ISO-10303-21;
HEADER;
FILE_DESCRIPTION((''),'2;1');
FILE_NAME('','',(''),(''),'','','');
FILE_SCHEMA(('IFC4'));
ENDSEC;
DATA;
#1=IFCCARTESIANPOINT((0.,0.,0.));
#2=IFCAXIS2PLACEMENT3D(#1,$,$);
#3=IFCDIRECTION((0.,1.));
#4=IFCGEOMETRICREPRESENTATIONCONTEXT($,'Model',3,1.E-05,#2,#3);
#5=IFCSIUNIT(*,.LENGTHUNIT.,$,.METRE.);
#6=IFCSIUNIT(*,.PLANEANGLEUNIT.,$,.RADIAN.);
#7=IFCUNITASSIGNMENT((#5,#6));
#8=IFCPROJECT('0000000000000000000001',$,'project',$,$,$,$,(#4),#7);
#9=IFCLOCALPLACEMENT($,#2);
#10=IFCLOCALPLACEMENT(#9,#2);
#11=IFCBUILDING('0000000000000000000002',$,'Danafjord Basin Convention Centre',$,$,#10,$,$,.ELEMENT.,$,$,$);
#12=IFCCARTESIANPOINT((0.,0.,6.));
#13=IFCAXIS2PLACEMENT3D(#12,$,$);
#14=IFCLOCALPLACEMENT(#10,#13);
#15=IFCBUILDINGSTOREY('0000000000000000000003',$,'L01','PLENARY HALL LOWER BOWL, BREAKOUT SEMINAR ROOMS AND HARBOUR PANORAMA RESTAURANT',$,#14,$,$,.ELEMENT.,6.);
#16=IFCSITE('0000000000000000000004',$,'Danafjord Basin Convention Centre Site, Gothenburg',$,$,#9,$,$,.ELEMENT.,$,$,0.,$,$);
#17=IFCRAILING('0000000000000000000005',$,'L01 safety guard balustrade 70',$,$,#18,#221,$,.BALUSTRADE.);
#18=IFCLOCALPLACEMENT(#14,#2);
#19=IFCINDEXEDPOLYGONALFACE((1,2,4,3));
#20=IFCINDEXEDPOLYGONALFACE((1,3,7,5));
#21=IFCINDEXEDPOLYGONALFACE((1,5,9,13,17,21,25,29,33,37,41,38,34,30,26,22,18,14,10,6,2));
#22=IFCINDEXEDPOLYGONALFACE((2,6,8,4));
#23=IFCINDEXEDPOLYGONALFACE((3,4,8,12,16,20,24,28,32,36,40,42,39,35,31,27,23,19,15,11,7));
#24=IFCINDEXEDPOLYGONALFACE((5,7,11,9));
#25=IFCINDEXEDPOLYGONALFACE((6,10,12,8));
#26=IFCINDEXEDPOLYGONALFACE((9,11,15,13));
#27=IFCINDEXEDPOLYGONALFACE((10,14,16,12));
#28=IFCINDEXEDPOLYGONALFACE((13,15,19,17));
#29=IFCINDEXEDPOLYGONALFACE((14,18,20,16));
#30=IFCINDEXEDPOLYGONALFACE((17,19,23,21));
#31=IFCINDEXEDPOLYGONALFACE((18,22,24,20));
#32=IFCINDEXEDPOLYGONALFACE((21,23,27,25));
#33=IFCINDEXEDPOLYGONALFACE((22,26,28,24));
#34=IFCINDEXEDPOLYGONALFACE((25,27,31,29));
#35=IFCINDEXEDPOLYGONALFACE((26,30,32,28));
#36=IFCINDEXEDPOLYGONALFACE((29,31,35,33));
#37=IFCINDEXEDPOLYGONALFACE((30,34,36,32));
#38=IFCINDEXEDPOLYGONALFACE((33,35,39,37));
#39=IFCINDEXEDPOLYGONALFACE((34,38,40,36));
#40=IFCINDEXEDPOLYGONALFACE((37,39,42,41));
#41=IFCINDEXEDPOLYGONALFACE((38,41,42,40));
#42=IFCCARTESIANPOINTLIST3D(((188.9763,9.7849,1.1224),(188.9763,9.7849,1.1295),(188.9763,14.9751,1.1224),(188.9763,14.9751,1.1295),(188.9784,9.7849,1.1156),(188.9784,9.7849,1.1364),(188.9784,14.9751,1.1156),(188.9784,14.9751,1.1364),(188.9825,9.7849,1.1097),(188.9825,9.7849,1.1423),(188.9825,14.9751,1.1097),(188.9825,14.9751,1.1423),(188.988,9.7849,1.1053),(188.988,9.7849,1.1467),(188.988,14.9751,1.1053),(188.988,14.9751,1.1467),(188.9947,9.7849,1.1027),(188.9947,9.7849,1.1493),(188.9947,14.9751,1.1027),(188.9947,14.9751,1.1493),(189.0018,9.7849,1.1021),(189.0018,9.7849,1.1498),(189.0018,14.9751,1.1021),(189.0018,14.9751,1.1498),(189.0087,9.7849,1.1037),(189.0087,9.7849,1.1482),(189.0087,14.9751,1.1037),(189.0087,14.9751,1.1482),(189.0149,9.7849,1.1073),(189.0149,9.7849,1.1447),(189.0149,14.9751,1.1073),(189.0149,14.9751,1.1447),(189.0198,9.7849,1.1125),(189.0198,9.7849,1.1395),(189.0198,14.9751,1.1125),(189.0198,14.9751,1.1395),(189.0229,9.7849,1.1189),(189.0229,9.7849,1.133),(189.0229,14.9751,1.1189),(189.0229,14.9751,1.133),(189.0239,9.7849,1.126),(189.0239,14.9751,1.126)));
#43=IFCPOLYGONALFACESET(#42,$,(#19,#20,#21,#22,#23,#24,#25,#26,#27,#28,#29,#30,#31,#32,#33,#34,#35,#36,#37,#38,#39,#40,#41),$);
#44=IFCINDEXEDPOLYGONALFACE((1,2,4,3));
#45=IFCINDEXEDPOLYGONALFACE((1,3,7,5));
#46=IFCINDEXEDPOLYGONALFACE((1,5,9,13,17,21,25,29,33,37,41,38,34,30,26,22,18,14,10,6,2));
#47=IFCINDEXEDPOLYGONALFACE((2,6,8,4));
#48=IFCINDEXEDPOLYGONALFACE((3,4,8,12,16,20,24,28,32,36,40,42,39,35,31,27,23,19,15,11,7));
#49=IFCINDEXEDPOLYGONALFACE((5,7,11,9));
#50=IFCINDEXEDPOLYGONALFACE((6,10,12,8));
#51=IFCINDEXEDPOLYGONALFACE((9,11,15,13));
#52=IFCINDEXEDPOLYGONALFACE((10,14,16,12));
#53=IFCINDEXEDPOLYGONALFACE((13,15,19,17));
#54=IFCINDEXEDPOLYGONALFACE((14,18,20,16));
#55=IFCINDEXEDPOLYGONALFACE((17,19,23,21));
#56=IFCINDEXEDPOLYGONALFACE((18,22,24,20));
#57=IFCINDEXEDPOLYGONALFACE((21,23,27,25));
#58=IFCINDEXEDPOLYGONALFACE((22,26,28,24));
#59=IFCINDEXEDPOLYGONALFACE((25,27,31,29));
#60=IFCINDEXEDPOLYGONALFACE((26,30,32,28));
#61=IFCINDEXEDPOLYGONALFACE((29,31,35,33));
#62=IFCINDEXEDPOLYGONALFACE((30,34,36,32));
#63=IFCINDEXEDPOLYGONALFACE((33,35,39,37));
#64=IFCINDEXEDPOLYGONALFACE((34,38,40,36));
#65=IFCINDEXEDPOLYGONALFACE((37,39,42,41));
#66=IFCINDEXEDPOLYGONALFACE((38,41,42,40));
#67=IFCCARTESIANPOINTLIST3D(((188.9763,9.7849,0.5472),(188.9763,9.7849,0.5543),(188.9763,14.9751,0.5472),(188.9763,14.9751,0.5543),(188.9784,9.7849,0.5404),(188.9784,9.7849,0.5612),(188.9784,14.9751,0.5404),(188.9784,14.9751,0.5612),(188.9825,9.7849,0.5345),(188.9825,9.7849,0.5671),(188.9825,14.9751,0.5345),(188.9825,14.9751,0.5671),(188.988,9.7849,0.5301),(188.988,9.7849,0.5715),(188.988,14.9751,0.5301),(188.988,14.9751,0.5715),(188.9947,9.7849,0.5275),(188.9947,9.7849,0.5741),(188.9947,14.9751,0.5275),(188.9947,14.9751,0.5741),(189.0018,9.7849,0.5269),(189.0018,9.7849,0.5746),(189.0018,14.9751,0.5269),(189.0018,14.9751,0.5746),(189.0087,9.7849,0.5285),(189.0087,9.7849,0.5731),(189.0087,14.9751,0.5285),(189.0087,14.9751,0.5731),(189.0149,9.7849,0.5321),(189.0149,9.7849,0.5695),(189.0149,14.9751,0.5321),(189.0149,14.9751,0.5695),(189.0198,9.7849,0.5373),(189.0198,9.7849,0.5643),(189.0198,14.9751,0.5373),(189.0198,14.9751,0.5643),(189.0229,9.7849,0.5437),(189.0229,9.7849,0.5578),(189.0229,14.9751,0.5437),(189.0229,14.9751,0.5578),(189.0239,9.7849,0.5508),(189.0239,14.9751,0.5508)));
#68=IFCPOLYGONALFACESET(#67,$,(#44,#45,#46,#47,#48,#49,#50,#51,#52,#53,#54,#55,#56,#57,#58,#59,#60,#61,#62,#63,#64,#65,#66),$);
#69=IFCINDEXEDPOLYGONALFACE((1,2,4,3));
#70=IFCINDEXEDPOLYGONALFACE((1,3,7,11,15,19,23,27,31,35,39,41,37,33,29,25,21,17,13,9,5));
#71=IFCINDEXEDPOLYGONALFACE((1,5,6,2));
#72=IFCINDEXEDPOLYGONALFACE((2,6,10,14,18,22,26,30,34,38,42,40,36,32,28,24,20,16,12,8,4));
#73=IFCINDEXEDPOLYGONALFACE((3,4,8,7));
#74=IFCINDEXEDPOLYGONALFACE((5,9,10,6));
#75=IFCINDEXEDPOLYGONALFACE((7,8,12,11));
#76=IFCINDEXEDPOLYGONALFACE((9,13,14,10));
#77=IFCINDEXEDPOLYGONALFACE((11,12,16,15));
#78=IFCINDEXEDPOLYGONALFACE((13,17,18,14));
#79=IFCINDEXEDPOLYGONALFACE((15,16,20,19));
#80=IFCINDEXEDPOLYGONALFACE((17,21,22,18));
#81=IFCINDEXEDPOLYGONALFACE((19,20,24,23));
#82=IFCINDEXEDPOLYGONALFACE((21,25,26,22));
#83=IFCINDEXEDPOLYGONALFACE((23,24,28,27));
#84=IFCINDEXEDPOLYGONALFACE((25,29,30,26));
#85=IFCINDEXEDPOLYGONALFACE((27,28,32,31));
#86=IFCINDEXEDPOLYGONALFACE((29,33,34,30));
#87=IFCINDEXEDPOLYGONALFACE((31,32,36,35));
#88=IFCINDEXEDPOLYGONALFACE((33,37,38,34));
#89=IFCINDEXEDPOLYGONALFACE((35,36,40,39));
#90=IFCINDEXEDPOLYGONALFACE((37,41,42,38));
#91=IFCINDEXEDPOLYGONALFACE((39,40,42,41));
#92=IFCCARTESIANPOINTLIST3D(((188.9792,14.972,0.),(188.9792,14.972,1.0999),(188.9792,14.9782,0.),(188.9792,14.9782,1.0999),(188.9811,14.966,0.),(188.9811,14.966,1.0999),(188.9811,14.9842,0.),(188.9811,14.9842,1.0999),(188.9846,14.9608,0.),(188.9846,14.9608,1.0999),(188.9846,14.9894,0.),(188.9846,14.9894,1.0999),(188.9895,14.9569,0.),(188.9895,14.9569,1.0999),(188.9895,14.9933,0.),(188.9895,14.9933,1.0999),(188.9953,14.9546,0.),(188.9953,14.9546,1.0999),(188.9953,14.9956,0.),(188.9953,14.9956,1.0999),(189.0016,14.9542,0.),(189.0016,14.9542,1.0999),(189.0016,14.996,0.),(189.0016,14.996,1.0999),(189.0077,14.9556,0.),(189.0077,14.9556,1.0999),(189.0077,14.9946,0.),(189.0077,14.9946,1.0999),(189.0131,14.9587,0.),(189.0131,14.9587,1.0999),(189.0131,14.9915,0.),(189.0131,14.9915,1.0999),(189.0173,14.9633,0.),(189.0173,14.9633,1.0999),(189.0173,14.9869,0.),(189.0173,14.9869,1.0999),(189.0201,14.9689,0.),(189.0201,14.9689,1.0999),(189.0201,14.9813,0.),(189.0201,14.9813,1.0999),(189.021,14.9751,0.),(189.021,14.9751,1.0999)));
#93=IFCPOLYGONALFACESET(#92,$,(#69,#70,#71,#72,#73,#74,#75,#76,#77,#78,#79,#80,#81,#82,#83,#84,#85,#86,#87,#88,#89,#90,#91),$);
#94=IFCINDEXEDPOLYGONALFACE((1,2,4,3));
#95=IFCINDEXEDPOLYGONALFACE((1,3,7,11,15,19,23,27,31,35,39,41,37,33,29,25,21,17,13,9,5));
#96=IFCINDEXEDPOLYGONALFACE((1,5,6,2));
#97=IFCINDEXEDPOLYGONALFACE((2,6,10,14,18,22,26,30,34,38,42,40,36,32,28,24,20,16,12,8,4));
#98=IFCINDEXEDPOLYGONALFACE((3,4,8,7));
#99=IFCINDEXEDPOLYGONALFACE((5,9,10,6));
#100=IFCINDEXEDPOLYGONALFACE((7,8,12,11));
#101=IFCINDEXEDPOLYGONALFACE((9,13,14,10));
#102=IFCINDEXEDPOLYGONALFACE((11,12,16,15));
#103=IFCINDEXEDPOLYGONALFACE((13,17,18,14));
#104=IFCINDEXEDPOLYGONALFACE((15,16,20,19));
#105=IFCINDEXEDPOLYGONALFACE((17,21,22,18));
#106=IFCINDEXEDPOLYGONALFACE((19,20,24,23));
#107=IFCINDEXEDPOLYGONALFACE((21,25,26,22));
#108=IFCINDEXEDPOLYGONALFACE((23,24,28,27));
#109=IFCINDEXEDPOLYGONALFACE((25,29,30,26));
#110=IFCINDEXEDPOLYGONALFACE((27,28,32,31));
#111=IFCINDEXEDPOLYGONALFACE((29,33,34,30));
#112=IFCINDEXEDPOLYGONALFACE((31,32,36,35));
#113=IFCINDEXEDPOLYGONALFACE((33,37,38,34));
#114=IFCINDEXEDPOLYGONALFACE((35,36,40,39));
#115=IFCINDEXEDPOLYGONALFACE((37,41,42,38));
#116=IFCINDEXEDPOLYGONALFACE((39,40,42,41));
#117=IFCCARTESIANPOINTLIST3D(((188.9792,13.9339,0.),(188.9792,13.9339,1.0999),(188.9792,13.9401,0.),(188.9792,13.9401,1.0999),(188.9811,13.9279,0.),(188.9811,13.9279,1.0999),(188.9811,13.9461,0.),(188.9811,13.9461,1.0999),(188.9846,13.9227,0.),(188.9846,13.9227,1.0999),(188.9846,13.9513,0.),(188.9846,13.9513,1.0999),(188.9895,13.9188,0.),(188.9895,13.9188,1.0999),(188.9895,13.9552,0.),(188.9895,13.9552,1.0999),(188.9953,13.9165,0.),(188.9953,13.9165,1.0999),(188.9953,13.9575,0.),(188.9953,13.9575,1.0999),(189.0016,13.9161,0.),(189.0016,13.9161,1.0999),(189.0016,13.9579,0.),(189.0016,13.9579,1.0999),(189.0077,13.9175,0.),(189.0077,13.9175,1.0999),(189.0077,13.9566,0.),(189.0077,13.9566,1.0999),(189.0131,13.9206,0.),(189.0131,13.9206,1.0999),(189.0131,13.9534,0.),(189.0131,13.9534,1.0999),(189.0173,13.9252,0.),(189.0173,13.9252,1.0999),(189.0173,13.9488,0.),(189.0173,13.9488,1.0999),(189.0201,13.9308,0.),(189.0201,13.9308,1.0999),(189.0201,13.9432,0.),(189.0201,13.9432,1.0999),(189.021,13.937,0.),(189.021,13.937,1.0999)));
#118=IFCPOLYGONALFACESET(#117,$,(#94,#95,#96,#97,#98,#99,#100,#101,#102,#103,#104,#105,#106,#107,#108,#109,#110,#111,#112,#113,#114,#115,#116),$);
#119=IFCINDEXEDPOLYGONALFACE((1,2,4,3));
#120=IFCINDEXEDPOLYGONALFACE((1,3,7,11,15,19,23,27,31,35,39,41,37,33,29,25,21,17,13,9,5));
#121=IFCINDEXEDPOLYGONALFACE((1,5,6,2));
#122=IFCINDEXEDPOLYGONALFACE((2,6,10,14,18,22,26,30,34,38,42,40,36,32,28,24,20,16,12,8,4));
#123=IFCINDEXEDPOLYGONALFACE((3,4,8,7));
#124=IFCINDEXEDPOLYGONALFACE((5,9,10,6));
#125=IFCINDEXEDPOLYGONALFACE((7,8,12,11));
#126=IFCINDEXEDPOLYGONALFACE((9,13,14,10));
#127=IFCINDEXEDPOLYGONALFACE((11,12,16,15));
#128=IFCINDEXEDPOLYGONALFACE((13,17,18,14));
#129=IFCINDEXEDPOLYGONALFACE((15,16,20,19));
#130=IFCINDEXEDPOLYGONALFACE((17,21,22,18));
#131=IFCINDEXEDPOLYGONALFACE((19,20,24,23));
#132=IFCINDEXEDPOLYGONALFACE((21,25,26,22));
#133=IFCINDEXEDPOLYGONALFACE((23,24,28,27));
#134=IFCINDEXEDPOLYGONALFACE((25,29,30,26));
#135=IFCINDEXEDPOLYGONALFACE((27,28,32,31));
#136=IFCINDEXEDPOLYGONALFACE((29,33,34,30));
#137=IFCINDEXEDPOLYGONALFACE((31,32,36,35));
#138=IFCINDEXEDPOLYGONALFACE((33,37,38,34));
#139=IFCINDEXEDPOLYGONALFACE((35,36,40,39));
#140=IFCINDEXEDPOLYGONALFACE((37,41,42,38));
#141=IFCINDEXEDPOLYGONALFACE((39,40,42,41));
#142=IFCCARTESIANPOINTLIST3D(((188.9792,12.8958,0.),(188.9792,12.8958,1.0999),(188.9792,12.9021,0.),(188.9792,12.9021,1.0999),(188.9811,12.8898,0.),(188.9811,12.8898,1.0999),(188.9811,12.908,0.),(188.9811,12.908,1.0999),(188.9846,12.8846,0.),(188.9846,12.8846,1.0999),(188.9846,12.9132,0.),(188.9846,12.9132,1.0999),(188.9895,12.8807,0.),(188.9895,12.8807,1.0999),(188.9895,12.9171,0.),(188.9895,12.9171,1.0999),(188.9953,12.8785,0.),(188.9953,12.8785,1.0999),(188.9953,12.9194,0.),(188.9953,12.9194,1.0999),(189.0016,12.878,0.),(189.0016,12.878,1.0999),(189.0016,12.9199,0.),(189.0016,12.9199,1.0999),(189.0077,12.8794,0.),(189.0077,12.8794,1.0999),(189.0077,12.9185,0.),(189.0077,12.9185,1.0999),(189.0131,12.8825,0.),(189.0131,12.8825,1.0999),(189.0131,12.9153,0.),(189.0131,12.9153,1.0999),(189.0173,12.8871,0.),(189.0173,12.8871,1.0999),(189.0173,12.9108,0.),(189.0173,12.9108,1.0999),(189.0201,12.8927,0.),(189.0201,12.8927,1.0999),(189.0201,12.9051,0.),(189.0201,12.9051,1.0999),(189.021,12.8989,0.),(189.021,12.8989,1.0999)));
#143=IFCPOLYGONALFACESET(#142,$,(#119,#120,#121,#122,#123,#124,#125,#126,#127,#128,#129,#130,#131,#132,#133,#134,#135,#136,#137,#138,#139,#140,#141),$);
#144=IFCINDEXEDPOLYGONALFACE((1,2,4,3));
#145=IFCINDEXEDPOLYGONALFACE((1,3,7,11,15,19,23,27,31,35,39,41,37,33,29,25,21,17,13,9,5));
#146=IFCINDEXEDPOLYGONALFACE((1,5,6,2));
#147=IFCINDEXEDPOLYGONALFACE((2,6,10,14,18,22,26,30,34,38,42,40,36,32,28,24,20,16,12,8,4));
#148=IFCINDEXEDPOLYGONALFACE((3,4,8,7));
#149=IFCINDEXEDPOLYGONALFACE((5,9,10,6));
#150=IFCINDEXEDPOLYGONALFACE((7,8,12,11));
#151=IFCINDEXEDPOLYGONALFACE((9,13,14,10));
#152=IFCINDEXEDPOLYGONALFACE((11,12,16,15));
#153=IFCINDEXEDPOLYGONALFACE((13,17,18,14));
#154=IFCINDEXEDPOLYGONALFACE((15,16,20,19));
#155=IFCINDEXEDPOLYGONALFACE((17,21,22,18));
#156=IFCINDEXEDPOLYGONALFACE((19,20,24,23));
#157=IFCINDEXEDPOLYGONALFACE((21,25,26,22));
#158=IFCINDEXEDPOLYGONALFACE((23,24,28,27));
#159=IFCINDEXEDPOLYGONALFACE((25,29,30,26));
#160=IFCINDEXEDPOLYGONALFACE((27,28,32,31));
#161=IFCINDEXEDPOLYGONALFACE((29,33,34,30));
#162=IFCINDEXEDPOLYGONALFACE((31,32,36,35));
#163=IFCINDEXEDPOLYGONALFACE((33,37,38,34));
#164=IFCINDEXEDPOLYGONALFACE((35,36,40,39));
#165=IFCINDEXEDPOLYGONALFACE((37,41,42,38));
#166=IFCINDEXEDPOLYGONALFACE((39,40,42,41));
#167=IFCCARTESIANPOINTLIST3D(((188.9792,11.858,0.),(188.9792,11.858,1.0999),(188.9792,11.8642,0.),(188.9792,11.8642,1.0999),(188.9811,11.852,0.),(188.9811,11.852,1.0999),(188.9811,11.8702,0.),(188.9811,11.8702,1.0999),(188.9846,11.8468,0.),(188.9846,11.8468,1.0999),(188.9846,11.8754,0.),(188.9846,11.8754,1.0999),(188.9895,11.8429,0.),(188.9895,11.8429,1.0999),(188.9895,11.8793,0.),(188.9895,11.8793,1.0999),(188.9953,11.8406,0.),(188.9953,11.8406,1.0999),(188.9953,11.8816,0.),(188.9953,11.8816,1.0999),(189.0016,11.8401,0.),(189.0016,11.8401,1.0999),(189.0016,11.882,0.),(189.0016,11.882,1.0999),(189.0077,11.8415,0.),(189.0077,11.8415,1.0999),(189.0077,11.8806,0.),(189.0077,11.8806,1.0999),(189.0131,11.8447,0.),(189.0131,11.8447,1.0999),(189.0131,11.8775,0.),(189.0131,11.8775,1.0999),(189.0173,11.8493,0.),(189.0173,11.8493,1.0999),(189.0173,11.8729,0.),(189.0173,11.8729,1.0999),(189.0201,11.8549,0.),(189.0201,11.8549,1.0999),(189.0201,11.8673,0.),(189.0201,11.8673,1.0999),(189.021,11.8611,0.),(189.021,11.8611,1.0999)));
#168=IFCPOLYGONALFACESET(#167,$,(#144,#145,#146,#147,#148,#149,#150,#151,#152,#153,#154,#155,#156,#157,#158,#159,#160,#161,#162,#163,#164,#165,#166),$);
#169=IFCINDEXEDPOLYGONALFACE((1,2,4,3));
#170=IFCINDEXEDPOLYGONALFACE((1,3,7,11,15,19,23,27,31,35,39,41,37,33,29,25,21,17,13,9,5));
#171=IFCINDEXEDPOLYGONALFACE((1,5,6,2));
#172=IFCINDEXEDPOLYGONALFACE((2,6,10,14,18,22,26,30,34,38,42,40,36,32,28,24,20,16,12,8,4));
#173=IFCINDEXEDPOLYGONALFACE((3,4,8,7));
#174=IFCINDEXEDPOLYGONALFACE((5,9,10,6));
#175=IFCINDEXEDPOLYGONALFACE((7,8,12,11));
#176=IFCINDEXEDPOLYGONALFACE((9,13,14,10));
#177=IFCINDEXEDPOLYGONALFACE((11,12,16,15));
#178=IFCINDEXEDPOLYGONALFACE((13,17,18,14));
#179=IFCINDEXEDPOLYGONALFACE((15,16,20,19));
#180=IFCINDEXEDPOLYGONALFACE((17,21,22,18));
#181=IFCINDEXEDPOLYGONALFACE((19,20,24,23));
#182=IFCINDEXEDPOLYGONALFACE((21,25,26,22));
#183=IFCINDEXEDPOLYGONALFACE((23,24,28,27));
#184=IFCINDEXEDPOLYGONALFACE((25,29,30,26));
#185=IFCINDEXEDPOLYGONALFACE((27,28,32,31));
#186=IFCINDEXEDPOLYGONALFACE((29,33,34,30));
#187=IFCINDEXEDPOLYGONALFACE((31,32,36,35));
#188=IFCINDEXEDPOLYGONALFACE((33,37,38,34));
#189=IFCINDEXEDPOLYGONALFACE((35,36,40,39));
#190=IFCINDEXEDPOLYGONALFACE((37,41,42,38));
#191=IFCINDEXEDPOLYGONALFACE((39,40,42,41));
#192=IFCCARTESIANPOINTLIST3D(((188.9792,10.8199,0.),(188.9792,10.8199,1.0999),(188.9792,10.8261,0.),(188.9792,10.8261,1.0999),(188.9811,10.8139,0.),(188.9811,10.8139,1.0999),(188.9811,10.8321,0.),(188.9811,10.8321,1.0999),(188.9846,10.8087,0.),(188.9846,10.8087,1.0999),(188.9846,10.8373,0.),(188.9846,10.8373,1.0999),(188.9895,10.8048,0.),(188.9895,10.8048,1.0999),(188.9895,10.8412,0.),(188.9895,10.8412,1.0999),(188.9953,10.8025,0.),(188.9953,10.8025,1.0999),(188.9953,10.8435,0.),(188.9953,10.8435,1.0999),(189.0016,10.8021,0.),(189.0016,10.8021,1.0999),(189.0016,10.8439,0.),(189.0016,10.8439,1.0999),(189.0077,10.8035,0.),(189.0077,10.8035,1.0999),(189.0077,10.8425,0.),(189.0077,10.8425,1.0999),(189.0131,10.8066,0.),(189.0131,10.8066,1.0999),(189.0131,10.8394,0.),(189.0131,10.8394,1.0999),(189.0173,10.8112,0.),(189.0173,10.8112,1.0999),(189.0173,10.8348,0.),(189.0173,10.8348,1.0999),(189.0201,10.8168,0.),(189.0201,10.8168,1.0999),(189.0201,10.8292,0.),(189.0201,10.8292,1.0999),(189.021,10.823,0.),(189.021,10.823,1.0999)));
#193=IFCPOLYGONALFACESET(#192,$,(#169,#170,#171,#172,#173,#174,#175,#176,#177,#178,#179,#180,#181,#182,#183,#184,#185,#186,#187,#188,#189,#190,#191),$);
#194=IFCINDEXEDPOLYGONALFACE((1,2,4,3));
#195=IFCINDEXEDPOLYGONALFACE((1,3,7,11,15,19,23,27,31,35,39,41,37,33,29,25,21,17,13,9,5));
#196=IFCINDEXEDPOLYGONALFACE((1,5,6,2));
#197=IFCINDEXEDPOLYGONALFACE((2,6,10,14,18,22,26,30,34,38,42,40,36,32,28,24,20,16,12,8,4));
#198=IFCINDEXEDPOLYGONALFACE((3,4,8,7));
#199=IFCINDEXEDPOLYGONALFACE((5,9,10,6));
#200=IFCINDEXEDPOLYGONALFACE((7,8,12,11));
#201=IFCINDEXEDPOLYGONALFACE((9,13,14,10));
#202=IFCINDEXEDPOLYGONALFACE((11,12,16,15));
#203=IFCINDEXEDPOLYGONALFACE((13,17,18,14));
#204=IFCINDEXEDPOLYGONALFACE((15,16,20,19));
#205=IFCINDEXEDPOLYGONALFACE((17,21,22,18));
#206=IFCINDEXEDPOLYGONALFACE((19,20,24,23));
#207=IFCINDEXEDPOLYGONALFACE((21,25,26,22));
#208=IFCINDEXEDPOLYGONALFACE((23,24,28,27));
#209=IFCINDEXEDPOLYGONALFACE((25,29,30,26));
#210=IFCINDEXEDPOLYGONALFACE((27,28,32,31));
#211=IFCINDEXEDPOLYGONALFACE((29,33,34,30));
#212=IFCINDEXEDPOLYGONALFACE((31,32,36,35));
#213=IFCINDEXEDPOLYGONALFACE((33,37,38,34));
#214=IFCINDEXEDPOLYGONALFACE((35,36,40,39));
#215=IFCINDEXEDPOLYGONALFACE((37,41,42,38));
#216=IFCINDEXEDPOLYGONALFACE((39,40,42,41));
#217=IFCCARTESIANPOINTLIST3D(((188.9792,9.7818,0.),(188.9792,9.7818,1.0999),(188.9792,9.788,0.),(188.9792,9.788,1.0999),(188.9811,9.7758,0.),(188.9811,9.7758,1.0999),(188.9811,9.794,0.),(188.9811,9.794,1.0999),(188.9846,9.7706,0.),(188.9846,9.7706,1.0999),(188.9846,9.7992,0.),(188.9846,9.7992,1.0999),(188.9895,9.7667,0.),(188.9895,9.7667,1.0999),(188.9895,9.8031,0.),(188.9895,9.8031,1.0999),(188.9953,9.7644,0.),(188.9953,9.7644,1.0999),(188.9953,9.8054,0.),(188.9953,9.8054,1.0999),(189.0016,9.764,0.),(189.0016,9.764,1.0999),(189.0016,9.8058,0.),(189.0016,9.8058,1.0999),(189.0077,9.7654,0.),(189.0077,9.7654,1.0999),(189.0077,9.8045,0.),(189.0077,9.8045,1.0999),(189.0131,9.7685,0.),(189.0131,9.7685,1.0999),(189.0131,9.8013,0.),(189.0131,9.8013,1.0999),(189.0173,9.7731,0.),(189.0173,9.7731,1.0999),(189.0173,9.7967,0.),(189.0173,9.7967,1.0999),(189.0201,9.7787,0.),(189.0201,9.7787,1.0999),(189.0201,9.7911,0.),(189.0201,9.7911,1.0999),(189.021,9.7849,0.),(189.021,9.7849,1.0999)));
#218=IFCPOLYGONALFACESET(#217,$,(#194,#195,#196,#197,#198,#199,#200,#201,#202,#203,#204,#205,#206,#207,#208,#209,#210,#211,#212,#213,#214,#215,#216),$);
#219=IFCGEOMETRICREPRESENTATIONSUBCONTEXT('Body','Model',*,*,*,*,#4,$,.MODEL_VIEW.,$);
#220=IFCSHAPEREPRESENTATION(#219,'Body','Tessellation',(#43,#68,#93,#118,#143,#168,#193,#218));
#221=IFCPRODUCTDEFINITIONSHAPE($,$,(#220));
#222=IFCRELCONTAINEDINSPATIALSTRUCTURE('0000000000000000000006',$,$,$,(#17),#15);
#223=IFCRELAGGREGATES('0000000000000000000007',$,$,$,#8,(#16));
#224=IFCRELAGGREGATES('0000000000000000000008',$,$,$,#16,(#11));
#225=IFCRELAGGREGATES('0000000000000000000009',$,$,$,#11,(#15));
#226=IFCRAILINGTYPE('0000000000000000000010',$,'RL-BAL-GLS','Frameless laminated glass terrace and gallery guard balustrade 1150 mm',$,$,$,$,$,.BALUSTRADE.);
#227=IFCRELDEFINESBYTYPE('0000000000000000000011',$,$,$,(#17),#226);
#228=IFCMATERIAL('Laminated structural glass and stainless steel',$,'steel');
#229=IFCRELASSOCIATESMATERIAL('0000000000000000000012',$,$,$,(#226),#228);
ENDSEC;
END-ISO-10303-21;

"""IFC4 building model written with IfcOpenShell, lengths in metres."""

from ifc_helpers import new_model, si_unit, direction, frame, origin, origin_2d, place, context, subcontext, project, spatial, circle, extrude, material, type_object, element, save


model = new_model("IFC4")

# Units and contexts
model_context = context("Model", 3, precision=1e-05, world=origin(), true_north=direction((0.0, 1.0)))
body_context = subcontext(model_context, "Body", "Model", "MODEL_VIEW")
ifc_project = project(units=[si_unit("LENGTHUNIT", "METRE"), si_unit("PLANEANGLEUNIT", "RADIAN")], contexts=[model_context])

# Site, building, storey
site_placement = place(None, origin())
site = spatial("IfcSite", under=ifc_project, at=site_placement, Name="Danafjord Basin Convention Centre Site, Gothenburg", CompositionType="ELEMENT", RefElevation=0.0)
building_placement = place(site_placement, origin())
building = spatial("IfcBuilding", under=site, at=building_placement, Name="Danafjord Basin Convention Centre", CompositionType="ELEMENT")
storey_placement = place(building_placement, frame((0.0, 0.0, 6.0)))
storey = spatial("IfcBuildingStorey", under=building, at=storey_placement, Name="L01", Description="PLENARY HALL LOWER BOWL, BREAKOUT SEMINAR ROOMS AND HARBOUR PANORAMA RESTAURANT", CompositionType="ELEMENT", Elevation=6.0)

# Railing
ifc_material_1 = material(Name="Laminated structural glass and stainless steel", Category="steel")
railing_type_1 = type_object("IfcRailingType", Name="RL-BAL-GLS", Description="Frameless laminated glass terrace and gallery guard balustrade 1150 mm", PredefinedType="BALUSTRADE", material=ifc_material_1)
railing_1_placement = place(storey_placement, frame((189.0, 14.9751, 0.0)))
element("IfcRailing", 1, at=railing_1_placement, inside=storey, type_object=railing_type_1, Name="L01 safety guard balustrade 70", PredefinedType="BALUSTRADE", context=body_context, shape_type="SweptSolid", body=[
    extrude(circle(Radius=0.0239, at=origin_2d()), frame((0.0, 0.0, 1.126), z_axis=(0.0, -1.0, 0.0), x_axis=(1.0, 0.0, 0.0)), (0.0, 0.0, 1.0), 5.1902),
    extrude(circle(Radius=0.0239, at=origin_2d()), frame((0.0, 0.0, 0.5508), z_axis=(0.0, -1.0, 0.0), x_axis=(1.0, 0.0, 0.0)), (0.0, 0.0, 1.0), 5.1902),
    extrude(circle(Radius=0.021, at=origin_2d()), origin(), (0.0, 0.0, 1.0), 1.0999),
    extrude(circle(Radius=0.021, at=origin_2d()), frame((0.0, -1.0381, 0.0)), (0.0, 0.0, 1.0), 1.0999),
    extrude(circle(Radius=0.021, at=origin_2d()), frame((0.0, -2.0762, 0.0)), (0.0, 0.0, 1.0), 1.0999),
    extrude(circle(Radius=0.021, at=origin_2d()), frame((0.0, -3.114, 0.0)), (0.0, 0.0, 1.0), 1.0999),
    extrude(circle(Radius=0.021, at=origin_2d()), frame((0.0, -4.1521, 0.0)), (0.0, 0.0, 1.0), 1.0999),
    extrude(circle(Radius=0.021, at=origin_2d()), frame((0.0, -5.1902, 0.0)), (0.0, 0.0, 1.0), 1.0999),
])

save(model, "model.ifc")
